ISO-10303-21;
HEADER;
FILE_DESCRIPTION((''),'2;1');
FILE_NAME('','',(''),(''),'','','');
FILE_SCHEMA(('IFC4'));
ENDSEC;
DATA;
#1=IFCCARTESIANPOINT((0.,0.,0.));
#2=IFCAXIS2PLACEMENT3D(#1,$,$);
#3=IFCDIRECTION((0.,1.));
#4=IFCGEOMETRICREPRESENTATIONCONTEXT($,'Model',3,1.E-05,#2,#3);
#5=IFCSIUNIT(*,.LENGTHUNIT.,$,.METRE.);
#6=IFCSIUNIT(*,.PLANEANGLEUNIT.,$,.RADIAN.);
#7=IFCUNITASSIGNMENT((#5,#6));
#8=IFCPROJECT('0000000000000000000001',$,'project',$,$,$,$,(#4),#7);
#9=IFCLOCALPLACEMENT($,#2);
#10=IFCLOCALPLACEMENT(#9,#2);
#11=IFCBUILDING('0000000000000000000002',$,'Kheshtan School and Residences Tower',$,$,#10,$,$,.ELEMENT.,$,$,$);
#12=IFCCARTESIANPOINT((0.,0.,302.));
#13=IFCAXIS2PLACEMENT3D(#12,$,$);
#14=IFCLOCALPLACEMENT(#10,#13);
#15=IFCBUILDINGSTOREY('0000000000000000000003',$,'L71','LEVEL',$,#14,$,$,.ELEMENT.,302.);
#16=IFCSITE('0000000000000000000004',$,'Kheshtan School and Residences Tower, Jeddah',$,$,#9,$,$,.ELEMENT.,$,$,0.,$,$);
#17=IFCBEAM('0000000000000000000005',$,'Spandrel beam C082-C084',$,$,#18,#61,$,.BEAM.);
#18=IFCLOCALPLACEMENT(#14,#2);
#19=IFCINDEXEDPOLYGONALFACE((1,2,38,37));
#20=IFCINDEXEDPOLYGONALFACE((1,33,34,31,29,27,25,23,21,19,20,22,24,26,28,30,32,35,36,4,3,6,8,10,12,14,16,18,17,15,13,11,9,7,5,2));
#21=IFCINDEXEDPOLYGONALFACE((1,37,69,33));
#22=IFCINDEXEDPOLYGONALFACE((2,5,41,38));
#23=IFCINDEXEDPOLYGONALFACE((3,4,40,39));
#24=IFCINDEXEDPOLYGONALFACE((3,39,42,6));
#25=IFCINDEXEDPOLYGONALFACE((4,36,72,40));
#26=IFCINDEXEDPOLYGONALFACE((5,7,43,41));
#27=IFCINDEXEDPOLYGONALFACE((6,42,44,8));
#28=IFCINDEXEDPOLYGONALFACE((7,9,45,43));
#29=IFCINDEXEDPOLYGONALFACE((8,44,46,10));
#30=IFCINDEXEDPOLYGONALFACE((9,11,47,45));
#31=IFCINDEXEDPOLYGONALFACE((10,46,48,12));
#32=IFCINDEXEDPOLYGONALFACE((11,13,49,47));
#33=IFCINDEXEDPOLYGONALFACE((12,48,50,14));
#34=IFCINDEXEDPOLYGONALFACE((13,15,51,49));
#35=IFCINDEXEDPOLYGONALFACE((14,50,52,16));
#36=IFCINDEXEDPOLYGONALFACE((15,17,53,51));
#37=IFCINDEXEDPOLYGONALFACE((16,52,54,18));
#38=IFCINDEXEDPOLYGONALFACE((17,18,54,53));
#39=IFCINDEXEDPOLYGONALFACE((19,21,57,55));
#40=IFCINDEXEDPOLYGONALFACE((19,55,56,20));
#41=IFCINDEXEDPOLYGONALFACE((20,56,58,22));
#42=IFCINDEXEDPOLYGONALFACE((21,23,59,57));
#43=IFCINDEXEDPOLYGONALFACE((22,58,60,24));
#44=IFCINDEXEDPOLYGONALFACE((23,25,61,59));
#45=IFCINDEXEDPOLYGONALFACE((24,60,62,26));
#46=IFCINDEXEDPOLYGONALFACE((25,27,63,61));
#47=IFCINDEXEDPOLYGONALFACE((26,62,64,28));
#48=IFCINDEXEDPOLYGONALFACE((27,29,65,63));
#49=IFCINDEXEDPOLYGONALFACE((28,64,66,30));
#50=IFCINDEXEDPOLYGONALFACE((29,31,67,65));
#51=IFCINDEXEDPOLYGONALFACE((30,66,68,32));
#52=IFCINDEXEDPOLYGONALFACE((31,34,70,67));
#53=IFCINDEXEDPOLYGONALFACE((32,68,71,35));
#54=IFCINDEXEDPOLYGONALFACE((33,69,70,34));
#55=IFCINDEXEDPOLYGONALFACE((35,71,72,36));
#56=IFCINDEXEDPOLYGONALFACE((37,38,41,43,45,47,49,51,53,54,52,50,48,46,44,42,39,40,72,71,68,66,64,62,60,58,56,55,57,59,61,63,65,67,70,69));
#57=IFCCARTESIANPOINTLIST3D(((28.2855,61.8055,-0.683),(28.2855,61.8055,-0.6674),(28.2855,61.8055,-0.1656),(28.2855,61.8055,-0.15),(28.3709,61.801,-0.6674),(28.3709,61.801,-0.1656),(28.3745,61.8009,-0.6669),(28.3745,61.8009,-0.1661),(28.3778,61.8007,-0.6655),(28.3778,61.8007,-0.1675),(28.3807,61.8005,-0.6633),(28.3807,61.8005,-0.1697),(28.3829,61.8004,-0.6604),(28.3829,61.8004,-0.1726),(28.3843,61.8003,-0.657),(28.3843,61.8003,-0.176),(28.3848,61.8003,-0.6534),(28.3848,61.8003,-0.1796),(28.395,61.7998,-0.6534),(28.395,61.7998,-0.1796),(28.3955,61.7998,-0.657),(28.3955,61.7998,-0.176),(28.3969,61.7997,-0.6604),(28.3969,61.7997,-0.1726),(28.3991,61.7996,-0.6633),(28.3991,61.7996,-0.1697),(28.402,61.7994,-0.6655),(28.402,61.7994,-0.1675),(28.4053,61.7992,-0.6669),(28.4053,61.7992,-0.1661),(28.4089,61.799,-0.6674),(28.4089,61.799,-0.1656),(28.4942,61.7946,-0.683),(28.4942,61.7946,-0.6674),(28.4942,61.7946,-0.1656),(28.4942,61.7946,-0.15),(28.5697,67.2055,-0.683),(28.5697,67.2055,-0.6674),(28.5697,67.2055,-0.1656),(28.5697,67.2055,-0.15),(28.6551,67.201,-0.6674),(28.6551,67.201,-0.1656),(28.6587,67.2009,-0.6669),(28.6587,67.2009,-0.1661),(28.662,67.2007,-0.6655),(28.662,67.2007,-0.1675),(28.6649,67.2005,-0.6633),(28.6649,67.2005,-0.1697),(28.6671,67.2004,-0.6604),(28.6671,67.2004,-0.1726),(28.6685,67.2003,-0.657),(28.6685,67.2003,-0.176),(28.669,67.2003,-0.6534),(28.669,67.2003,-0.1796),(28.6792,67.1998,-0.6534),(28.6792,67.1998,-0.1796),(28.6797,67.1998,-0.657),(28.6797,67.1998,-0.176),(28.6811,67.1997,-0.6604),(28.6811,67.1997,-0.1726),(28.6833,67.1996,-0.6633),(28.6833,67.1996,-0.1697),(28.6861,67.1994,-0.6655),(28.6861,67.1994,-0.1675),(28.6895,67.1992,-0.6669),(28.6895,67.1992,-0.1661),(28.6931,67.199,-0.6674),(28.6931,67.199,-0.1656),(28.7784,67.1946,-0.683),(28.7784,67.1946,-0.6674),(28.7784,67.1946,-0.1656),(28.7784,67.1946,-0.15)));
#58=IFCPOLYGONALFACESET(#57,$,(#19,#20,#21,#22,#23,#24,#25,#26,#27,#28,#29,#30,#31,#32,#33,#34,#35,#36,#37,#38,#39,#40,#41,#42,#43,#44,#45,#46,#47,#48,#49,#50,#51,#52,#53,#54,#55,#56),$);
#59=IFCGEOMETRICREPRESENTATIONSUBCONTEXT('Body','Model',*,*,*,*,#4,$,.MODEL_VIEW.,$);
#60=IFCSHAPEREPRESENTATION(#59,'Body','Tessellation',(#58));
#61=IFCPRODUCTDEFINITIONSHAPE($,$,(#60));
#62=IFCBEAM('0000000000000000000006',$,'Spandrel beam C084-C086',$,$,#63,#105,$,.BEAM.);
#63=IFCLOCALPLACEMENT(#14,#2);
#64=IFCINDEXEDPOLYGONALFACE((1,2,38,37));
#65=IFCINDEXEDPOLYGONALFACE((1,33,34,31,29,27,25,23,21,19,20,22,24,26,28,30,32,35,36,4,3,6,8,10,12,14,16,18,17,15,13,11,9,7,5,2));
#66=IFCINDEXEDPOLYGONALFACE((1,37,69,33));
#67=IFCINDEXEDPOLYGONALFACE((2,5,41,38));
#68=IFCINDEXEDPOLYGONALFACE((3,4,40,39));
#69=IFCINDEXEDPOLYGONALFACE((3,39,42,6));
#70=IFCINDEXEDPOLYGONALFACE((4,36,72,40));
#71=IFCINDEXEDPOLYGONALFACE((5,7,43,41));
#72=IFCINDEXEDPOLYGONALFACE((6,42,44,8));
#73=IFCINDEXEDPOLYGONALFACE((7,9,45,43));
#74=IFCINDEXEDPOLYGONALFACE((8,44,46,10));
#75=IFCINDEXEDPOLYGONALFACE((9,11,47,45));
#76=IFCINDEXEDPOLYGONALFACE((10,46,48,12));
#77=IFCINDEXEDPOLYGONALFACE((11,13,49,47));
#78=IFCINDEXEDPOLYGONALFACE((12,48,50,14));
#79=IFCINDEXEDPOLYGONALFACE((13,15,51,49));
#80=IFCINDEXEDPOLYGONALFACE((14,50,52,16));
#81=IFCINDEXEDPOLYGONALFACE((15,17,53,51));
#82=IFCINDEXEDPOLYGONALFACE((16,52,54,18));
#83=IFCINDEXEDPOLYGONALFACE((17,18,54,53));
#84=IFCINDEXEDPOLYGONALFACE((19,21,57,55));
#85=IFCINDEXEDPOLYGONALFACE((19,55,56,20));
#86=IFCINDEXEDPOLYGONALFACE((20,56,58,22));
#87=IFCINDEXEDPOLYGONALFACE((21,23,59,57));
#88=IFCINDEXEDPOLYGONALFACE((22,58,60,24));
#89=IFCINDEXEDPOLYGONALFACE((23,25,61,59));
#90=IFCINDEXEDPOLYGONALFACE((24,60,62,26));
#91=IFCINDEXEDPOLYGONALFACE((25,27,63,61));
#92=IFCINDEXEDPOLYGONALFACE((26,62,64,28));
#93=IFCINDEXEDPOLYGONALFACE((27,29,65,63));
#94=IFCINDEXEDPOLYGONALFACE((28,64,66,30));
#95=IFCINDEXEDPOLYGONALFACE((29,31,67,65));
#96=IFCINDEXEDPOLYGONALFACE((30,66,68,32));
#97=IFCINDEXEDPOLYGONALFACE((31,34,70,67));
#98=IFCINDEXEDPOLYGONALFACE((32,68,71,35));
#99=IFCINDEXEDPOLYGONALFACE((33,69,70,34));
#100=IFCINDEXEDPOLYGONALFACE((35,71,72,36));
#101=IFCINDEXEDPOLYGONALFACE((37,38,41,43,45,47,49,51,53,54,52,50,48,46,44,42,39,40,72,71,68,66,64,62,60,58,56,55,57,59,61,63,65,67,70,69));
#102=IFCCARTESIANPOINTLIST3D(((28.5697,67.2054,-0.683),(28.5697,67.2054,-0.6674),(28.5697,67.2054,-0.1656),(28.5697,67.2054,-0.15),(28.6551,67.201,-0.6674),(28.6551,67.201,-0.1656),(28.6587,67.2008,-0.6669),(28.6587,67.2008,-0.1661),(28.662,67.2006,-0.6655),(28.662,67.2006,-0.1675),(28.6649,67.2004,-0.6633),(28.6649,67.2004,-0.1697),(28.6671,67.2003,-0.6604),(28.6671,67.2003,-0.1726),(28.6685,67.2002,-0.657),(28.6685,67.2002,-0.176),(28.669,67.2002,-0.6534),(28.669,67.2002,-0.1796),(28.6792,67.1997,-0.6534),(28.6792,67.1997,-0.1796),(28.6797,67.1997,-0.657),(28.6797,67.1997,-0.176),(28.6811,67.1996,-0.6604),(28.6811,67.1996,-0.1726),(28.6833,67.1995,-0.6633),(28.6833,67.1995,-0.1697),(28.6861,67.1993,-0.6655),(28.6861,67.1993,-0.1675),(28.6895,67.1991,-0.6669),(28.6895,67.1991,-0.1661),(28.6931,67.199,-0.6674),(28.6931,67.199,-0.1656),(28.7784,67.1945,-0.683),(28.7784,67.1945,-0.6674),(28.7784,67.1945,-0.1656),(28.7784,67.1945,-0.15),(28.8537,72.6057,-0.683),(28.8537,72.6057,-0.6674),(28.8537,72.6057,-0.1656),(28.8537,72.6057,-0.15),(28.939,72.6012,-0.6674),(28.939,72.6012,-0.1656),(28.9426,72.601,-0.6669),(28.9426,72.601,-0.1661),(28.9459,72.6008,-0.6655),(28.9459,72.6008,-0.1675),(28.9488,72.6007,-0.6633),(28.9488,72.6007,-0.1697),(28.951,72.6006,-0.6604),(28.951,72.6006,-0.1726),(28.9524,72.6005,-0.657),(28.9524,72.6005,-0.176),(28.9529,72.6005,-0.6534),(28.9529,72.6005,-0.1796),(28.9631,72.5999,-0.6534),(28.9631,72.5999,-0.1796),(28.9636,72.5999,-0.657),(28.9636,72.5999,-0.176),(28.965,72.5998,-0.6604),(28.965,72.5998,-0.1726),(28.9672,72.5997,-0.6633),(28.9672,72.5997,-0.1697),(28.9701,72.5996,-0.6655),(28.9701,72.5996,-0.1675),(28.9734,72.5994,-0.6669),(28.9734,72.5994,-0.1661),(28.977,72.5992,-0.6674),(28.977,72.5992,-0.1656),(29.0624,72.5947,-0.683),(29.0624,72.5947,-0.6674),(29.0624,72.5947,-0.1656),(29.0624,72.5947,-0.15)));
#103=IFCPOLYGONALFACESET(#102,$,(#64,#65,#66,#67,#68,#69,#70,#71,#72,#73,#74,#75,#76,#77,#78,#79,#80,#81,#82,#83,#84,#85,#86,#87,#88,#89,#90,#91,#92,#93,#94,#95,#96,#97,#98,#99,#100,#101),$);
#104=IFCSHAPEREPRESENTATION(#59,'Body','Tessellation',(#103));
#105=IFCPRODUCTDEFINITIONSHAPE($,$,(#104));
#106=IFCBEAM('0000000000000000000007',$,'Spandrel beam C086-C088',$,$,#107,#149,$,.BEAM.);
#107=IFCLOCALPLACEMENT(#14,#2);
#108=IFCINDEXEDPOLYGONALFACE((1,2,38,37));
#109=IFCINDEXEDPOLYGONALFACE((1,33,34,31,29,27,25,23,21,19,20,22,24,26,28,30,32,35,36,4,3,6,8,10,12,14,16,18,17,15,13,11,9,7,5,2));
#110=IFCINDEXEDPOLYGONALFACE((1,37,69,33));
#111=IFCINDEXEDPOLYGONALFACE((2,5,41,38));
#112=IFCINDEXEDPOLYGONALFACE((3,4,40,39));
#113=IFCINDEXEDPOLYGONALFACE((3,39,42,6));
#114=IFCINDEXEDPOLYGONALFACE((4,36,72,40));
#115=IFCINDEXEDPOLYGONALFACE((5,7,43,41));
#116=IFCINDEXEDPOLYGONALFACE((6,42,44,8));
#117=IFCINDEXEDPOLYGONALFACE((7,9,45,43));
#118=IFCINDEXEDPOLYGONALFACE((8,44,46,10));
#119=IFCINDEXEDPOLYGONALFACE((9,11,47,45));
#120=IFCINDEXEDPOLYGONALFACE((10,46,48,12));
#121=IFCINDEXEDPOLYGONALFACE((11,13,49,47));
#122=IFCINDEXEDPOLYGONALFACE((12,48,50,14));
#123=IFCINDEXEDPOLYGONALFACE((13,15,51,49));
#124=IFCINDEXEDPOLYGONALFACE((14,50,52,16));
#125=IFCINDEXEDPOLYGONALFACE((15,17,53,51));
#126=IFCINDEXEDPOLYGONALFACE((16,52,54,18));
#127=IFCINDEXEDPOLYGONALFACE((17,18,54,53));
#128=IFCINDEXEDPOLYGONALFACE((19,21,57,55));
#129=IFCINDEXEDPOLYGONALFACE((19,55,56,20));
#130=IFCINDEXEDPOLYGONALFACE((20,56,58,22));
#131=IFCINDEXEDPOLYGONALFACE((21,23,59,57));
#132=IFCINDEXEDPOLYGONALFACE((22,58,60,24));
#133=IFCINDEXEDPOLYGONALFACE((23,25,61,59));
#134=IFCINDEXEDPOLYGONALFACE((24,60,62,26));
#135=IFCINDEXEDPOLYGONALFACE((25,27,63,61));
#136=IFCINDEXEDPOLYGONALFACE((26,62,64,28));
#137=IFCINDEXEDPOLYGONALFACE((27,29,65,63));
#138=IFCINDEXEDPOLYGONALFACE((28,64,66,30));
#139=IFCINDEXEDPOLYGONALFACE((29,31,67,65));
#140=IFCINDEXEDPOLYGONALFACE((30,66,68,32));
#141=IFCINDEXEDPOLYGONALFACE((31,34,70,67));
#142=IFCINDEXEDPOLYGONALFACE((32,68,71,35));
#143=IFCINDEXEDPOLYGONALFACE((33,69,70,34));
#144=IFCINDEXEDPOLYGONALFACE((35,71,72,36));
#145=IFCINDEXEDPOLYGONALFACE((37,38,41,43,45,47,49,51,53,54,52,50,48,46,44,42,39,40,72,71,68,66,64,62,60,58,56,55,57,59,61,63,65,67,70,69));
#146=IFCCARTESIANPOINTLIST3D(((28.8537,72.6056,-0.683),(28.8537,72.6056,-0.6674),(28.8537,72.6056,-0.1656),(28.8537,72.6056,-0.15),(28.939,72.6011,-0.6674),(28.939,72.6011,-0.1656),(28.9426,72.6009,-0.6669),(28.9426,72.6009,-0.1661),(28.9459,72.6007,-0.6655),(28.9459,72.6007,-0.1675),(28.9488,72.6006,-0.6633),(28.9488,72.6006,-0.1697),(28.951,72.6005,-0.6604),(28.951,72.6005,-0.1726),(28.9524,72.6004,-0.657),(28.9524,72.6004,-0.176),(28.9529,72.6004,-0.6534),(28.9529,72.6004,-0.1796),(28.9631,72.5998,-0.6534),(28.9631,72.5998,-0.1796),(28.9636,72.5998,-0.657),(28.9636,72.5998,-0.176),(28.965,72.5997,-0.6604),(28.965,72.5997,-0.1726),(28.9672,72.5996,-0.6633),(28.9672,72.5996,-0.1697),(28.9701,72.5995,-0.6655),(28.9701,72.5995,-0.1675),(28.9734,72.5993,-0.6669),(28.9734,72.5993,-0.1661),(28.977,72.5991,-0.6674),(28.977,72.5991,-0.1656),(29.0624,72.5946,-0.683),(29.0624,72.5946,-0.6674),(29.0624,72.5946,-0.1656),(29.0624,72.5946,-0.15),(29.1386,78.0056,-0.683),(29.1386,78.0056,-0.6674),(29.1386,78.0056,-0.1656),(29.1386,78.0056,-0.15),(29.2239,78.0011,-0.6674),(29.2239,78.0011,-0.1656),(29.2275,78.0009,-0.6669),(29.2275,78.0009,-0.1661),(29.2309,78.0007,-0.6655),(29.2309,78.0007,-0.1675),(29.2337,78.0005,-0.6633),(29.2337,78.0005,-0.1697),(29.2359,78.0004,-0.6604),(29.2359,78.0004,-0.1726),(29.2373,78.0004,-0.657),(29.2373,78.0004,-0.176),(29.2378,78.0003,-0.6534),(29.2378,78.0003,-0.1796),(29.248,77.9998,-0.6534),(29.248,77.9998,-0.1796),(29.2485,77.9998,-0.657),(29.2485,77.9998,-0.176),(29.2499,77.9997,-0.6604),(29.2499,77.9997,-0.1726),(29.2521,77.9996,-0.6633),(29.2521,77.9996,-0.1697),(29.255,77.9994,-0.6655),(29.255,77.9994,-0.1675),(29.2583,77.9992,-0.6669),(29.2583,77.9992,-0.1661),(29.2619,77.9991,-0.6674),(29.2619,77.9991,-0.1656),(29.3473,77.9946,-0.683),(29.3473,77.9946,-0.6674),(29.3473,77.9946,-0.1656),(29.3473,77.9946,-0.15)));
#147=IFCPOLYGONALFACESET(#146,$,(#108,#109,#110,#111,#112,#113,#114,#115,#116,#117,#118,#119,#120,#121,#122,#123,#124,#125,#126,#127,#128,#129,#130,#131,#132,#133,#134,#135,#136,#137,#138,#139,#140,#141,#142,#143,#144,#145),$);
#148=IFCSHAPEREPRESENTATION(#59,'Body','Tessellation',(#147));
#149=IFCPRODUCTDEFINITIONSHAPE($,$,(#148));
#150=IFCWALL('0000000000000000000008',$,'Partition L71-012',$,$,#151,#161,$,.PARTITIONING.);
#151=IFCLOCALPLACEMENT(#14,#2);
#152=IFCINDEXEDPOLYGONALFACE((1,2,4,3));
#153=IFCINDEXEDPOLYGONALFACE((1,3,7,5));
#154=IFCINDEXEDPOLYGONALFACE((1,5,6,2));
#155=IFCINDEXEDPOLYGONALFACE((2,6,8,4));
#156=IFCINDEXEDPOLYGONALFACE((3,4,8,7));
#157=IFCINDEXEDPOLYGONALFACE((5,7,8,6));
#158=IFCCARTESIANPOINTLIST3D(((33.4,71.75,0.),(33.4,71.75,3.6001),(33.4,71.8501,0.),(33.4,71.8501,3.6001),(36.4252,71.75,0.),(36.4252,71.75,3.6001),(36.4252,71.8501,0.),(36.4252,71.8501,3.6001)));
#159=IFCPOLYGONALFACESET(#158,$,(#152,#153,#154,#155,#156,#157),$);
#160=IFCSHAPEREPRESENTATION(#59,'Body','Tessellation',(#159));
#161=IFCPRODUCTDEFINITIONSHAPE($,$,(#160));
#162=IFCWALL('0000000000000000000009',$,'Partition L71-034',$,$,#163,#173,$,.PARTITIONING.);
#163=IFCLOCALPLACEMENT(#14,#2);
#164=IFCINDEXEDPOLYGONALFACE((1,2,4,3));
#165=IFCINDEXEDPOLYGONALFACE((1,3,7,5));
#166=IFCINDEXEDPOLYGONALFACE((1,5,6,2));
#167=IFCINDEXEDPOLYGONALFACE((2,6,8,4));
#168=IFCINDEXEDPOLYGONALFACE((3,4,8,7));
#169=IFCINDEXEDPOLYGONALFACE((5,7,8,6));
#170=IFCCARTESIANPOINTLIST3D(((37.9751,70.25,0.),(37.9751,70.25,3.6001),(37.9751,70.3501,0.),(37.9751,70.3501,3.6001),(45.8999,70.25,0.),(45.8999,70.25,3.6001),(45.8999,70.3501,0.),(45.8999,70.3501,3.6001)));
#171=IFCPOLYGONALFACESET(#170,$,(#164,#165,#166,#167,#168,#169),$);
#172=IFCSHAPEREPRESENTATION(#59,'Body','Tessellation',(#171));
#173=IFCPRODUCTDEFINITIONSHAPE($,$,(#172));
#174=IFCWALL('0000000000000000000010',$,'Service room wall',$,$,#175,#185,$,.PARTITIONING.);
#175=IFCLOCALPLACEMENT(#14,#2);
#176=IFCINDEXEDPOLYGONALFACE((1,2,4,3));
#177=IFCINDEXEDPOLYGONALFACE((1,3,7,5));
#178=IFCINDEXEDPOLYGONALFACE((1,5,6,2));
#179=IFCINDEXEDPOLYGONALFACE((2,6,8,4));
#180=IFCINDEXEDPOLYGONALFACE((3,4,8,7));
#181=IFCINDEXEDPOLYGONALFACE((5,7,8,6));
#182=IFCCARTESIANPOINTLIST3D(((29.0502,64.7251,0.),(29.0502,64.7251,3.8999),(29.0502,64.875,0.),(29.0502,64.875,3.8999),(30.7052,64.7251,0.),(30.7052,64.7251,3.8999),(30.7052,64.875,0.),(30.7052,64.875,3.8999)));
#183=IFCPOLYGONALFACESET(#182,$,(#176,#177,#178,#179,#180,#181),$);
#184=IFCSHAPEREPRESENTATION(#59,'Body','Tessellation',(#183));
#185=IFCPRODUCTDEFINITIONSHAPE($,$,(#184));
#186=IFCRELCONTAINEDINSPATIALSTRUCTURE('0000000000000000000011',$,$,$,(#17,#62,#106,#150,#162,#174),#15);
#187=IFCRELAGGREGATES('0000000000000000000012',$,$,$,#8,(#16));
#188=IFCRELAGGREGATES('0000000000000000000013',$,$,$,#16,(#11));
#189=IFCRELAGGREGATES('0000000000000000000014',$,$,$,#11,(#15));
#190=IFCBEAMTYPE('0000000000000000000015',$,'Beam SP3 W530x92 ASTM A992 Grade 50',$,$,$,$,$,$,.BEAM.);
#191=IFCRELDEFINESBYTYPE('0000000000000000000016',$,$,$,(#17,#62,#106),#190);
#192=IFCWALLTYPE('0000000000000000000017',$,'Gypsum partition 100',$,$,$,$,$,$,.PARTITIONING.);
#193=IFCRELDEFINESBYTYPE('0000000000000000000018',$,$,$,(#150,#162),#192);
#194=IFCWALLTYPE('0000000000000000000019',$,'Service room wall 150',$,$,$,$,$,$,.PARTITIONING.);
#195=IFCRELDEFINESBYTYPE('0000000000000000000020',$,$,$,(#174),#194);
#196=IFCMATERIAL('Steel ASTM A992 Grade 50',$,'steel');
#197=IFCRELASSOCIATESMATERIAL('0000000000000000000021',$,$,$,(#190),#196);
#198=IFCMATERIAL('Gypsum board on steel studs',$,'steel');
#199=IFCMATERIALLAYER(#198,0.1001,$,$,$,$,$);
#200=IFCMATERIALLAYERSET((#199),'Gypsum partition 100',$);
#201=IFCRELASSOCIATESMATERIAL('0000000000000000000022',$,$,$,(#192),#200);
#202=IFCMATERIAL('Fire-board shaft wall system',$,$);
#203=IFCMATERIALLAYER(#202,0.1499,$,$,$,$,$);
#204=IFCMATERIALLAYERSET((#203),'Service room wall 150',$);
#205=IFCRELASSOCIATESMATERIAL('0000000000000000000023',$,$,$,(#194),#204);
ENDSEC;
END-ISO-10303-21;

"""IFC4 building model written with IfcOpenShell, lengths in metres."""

from ifc_helpers import new_model, si_unit, direction, frame, frame_2d, origin, origin_2d, place, context, subcontext, project, spatial, rectangle, i_section, extrude, material, layer, layer_set, material_profile, profile_set, type_object, element, save


model = new_model("IFC4")

# Units and contexts
model_context = context("Model", 3, precision=1e-05, world=origin(), true_north=direction((0.0, 1.0)))
body_context = subcontext(model_context, "Body", "Model", "MODEL_VIEW")
ifc_project = project(units=[si_unit("LENGTHUNIT", "METRE"), si_unit("PLANEANGLEUNIT", "RADIAN")], contexts=[model_context])

# Site, building, storey
site_placement = place(None, origin())
site = spatial("IfcSite", under=ifc_project, at=site_placement, Name="Kheshtan School and Residences Tower, Jeddah", CompositionType="ELEMENT", RefElevation=0.0)
building_placement = place(site_placement, origin())
building = spatial("IfcBuilding", under=site, at=building_placement, Name="Kheshtan School and Residences Tower", CompositionType="ELEMENT")
storey_placement = place(building_placement, frame((0.0, 0.0, 302.0)))
storey = spatial("IfcBuildingStorey", under=building, at=storey_placement, Name="L71", Description="LEVEL", CompositionType="ELEMENT", Elevation=302.0)

# Shared definitions
ifc_material_1 = material(Name="Steel ASTM A992 Grade 50", Category="steel")

# Beams
ifc_material_profile_1 = material_profile(ifc_material_1, i_section(OverallWidth=0.209, OverallDepth=0.533, WebThickness=0.0103, FlangeThickness=0.0156, FilletRadius=0.0139, at=origin_2d()), Name="W530x92")
ifc_profile_set_1 = profile_set([ifc_material_profile_1], Name="Steel ASTM A992 Grade 50")
beam_type_1 = type_object("IfcBeamType", Name="Beam SP3 W530x92 ASTM A992 Grade 50", PredefinedType="BEAM", material=ifc_profile_set_1)
beam_1_placement = place(storey_placement, frame((28.3899, 61.8, -0.4165), z_axis=(0.052554, 0.998618, 0.0), x_axis=(-0.998618, 0.052554, 0.0)))
element("IfcBeam", 1, at=beam_1_placement, inside=storey, type_object=beam_type_1, Name="Spandrel beam C082-C084", PredefinedType="BEAM", context=body_context, shape_type="SweptSolid", body=[
    extrude(i_section(OverallWidth=0.209, OverallDepth=0.533, WebThickness=0.0103, FlangeThickness=0.0156, FilletRadius=0.0139, at=origin_2d()), origin(), (0.0, 0.0, 1.0), 5.4075),
])
beam_2_placement = place(storey_placement, frame((28.6741, 67.2, -0.4165), z_axis=(0.052507, 0.998621, 0.0), x_axis=(-0.998621, 0.052507, 0.0)))
element("IfcBeam", 2, at=beam_2_placement, inside=storey, type_object=beam_type_1, Name="Spandrel beam C084-C086", PredefinedType="BEAM", context=body_context, shape_type="SweptSolid", body=[
    extrude(i_section(OverallWidth=0.209, OverallDepth=0.533, WebThickness=0.0103, FlangeThickness=0.0156, FilletRadius=0.0139, at=origin_2d()), origin(), (0.0, 0.0, 1.0), 5.4077),
])
beam_3_placement = place(storey_placement, frame((28.958, 72.6001, -0.4165), z_axis=(0.052689, 0.998611, 0.0), x_axis=(-0.998611, 0.052689, 0.0)))
element("IfcBeam", 3, at=beam_3_placement, inside=storey, type_object=beam_type_1, Name="Spandrel beam C086-C088", PredefinedType="BEAM", context=body_context, shape_type="SweptSolid", body=[
    extrude(i_section(OverallWidth=0.209, OverallDepth=0.533, WebThickness=0.0103, FlangeThickness=0.0156, FilletRadius=0.0139, at=origin_2d()), origin(), (0.0, 0.0, 1.0), 5.4075),
])

# Walls
ifc_material_2 = material(Name="Gypsum board on steel studs", Category="steel")
ifc_layer_1 = layer(ifc_material_2, 0.1001)
ifc_layer_set_1 = layer_set([ifc_layer_1], Name="Gypsum partition 100")
wall_type_1 = type_object("IfcWallType", Name="Gypsum partition 100", PredefinedType="PARTITIONING", material=ifc_layer_set_1)
wall_1_placement = place(storey_placement, frame((33.3999, 71.8, 0.0), z_axis=(0.0, 0.0, 1.0), x_axis=(1.0, 0.0, 0.0)))
element("IfcWall", 4, at=wall_1_placement, inside=storey, type_object=wall_type_1, Name="Partition L71-012", PredefinedType="PARTITIONING", context=body_context, shape_type="SweptSolid", body=[
    extrude(rectangle(XDim=3.0251, YDim=0.1001, at=frame_2d((1.5127, 0.0))), origin(), (0.0, 0.0, 1.0), 3.6001),
])
wall_2_placement = place(storey_placement, frame((37.9751, 70.3, 0.0), z_axis=(0.0, 0.0, 1.0), x_axis=(1.0, 0.0, 0.0)))
element("IfcWall", 5, at=wall_2_placement, inside=storey, type_object=wall_type_1, Name="Partition L71-034", PredefinedType="PARTITIONING", context=body_context, shape_type="SweptSolid", body=[
    extrude(rectangle(XDim=7.9248, YDim=0.1001, at=frame_2d((3.9624, 0.0))), origin(), (0.0, 0.0, 1.0), 3.6001),
])
ifc_material_3 = material(Name="Fire-board shaft wall system")
ifc_layer_2 = layer(ifc_material_3, 0.1499)
ifc_layer_set_2 = layer_set([ifc_layer_2], Name="Service room wall 150")
wall_type_2 = type_object("IfcWallType", Name="Service room wall 150", PredefinedType="PARTITIONING", material=ifc_layer_set_2)
wall_3_placement = place(storey_placement, frame((29.05, 64.8, 0.0), z_axis=(0.0, 0.0, 1.0), x_axis=(1.0, 0.0, 0.0)))
element("IfcWall", 6, at=wall_3_placement, inside=storey, type_object=wall_type_2, Name="Service room wall", PredefinedType="PARTITIONING", context=body_context, shape_type="SweptSolid", body=[
    extrude(rectangle(XDim=1.655, YDim=0.1499, at=frame_2d((0.8276, 0.0))), origin(), (0.0, 0.0, 1.0), 3.8999),
])

save(model, "model.ifc")
